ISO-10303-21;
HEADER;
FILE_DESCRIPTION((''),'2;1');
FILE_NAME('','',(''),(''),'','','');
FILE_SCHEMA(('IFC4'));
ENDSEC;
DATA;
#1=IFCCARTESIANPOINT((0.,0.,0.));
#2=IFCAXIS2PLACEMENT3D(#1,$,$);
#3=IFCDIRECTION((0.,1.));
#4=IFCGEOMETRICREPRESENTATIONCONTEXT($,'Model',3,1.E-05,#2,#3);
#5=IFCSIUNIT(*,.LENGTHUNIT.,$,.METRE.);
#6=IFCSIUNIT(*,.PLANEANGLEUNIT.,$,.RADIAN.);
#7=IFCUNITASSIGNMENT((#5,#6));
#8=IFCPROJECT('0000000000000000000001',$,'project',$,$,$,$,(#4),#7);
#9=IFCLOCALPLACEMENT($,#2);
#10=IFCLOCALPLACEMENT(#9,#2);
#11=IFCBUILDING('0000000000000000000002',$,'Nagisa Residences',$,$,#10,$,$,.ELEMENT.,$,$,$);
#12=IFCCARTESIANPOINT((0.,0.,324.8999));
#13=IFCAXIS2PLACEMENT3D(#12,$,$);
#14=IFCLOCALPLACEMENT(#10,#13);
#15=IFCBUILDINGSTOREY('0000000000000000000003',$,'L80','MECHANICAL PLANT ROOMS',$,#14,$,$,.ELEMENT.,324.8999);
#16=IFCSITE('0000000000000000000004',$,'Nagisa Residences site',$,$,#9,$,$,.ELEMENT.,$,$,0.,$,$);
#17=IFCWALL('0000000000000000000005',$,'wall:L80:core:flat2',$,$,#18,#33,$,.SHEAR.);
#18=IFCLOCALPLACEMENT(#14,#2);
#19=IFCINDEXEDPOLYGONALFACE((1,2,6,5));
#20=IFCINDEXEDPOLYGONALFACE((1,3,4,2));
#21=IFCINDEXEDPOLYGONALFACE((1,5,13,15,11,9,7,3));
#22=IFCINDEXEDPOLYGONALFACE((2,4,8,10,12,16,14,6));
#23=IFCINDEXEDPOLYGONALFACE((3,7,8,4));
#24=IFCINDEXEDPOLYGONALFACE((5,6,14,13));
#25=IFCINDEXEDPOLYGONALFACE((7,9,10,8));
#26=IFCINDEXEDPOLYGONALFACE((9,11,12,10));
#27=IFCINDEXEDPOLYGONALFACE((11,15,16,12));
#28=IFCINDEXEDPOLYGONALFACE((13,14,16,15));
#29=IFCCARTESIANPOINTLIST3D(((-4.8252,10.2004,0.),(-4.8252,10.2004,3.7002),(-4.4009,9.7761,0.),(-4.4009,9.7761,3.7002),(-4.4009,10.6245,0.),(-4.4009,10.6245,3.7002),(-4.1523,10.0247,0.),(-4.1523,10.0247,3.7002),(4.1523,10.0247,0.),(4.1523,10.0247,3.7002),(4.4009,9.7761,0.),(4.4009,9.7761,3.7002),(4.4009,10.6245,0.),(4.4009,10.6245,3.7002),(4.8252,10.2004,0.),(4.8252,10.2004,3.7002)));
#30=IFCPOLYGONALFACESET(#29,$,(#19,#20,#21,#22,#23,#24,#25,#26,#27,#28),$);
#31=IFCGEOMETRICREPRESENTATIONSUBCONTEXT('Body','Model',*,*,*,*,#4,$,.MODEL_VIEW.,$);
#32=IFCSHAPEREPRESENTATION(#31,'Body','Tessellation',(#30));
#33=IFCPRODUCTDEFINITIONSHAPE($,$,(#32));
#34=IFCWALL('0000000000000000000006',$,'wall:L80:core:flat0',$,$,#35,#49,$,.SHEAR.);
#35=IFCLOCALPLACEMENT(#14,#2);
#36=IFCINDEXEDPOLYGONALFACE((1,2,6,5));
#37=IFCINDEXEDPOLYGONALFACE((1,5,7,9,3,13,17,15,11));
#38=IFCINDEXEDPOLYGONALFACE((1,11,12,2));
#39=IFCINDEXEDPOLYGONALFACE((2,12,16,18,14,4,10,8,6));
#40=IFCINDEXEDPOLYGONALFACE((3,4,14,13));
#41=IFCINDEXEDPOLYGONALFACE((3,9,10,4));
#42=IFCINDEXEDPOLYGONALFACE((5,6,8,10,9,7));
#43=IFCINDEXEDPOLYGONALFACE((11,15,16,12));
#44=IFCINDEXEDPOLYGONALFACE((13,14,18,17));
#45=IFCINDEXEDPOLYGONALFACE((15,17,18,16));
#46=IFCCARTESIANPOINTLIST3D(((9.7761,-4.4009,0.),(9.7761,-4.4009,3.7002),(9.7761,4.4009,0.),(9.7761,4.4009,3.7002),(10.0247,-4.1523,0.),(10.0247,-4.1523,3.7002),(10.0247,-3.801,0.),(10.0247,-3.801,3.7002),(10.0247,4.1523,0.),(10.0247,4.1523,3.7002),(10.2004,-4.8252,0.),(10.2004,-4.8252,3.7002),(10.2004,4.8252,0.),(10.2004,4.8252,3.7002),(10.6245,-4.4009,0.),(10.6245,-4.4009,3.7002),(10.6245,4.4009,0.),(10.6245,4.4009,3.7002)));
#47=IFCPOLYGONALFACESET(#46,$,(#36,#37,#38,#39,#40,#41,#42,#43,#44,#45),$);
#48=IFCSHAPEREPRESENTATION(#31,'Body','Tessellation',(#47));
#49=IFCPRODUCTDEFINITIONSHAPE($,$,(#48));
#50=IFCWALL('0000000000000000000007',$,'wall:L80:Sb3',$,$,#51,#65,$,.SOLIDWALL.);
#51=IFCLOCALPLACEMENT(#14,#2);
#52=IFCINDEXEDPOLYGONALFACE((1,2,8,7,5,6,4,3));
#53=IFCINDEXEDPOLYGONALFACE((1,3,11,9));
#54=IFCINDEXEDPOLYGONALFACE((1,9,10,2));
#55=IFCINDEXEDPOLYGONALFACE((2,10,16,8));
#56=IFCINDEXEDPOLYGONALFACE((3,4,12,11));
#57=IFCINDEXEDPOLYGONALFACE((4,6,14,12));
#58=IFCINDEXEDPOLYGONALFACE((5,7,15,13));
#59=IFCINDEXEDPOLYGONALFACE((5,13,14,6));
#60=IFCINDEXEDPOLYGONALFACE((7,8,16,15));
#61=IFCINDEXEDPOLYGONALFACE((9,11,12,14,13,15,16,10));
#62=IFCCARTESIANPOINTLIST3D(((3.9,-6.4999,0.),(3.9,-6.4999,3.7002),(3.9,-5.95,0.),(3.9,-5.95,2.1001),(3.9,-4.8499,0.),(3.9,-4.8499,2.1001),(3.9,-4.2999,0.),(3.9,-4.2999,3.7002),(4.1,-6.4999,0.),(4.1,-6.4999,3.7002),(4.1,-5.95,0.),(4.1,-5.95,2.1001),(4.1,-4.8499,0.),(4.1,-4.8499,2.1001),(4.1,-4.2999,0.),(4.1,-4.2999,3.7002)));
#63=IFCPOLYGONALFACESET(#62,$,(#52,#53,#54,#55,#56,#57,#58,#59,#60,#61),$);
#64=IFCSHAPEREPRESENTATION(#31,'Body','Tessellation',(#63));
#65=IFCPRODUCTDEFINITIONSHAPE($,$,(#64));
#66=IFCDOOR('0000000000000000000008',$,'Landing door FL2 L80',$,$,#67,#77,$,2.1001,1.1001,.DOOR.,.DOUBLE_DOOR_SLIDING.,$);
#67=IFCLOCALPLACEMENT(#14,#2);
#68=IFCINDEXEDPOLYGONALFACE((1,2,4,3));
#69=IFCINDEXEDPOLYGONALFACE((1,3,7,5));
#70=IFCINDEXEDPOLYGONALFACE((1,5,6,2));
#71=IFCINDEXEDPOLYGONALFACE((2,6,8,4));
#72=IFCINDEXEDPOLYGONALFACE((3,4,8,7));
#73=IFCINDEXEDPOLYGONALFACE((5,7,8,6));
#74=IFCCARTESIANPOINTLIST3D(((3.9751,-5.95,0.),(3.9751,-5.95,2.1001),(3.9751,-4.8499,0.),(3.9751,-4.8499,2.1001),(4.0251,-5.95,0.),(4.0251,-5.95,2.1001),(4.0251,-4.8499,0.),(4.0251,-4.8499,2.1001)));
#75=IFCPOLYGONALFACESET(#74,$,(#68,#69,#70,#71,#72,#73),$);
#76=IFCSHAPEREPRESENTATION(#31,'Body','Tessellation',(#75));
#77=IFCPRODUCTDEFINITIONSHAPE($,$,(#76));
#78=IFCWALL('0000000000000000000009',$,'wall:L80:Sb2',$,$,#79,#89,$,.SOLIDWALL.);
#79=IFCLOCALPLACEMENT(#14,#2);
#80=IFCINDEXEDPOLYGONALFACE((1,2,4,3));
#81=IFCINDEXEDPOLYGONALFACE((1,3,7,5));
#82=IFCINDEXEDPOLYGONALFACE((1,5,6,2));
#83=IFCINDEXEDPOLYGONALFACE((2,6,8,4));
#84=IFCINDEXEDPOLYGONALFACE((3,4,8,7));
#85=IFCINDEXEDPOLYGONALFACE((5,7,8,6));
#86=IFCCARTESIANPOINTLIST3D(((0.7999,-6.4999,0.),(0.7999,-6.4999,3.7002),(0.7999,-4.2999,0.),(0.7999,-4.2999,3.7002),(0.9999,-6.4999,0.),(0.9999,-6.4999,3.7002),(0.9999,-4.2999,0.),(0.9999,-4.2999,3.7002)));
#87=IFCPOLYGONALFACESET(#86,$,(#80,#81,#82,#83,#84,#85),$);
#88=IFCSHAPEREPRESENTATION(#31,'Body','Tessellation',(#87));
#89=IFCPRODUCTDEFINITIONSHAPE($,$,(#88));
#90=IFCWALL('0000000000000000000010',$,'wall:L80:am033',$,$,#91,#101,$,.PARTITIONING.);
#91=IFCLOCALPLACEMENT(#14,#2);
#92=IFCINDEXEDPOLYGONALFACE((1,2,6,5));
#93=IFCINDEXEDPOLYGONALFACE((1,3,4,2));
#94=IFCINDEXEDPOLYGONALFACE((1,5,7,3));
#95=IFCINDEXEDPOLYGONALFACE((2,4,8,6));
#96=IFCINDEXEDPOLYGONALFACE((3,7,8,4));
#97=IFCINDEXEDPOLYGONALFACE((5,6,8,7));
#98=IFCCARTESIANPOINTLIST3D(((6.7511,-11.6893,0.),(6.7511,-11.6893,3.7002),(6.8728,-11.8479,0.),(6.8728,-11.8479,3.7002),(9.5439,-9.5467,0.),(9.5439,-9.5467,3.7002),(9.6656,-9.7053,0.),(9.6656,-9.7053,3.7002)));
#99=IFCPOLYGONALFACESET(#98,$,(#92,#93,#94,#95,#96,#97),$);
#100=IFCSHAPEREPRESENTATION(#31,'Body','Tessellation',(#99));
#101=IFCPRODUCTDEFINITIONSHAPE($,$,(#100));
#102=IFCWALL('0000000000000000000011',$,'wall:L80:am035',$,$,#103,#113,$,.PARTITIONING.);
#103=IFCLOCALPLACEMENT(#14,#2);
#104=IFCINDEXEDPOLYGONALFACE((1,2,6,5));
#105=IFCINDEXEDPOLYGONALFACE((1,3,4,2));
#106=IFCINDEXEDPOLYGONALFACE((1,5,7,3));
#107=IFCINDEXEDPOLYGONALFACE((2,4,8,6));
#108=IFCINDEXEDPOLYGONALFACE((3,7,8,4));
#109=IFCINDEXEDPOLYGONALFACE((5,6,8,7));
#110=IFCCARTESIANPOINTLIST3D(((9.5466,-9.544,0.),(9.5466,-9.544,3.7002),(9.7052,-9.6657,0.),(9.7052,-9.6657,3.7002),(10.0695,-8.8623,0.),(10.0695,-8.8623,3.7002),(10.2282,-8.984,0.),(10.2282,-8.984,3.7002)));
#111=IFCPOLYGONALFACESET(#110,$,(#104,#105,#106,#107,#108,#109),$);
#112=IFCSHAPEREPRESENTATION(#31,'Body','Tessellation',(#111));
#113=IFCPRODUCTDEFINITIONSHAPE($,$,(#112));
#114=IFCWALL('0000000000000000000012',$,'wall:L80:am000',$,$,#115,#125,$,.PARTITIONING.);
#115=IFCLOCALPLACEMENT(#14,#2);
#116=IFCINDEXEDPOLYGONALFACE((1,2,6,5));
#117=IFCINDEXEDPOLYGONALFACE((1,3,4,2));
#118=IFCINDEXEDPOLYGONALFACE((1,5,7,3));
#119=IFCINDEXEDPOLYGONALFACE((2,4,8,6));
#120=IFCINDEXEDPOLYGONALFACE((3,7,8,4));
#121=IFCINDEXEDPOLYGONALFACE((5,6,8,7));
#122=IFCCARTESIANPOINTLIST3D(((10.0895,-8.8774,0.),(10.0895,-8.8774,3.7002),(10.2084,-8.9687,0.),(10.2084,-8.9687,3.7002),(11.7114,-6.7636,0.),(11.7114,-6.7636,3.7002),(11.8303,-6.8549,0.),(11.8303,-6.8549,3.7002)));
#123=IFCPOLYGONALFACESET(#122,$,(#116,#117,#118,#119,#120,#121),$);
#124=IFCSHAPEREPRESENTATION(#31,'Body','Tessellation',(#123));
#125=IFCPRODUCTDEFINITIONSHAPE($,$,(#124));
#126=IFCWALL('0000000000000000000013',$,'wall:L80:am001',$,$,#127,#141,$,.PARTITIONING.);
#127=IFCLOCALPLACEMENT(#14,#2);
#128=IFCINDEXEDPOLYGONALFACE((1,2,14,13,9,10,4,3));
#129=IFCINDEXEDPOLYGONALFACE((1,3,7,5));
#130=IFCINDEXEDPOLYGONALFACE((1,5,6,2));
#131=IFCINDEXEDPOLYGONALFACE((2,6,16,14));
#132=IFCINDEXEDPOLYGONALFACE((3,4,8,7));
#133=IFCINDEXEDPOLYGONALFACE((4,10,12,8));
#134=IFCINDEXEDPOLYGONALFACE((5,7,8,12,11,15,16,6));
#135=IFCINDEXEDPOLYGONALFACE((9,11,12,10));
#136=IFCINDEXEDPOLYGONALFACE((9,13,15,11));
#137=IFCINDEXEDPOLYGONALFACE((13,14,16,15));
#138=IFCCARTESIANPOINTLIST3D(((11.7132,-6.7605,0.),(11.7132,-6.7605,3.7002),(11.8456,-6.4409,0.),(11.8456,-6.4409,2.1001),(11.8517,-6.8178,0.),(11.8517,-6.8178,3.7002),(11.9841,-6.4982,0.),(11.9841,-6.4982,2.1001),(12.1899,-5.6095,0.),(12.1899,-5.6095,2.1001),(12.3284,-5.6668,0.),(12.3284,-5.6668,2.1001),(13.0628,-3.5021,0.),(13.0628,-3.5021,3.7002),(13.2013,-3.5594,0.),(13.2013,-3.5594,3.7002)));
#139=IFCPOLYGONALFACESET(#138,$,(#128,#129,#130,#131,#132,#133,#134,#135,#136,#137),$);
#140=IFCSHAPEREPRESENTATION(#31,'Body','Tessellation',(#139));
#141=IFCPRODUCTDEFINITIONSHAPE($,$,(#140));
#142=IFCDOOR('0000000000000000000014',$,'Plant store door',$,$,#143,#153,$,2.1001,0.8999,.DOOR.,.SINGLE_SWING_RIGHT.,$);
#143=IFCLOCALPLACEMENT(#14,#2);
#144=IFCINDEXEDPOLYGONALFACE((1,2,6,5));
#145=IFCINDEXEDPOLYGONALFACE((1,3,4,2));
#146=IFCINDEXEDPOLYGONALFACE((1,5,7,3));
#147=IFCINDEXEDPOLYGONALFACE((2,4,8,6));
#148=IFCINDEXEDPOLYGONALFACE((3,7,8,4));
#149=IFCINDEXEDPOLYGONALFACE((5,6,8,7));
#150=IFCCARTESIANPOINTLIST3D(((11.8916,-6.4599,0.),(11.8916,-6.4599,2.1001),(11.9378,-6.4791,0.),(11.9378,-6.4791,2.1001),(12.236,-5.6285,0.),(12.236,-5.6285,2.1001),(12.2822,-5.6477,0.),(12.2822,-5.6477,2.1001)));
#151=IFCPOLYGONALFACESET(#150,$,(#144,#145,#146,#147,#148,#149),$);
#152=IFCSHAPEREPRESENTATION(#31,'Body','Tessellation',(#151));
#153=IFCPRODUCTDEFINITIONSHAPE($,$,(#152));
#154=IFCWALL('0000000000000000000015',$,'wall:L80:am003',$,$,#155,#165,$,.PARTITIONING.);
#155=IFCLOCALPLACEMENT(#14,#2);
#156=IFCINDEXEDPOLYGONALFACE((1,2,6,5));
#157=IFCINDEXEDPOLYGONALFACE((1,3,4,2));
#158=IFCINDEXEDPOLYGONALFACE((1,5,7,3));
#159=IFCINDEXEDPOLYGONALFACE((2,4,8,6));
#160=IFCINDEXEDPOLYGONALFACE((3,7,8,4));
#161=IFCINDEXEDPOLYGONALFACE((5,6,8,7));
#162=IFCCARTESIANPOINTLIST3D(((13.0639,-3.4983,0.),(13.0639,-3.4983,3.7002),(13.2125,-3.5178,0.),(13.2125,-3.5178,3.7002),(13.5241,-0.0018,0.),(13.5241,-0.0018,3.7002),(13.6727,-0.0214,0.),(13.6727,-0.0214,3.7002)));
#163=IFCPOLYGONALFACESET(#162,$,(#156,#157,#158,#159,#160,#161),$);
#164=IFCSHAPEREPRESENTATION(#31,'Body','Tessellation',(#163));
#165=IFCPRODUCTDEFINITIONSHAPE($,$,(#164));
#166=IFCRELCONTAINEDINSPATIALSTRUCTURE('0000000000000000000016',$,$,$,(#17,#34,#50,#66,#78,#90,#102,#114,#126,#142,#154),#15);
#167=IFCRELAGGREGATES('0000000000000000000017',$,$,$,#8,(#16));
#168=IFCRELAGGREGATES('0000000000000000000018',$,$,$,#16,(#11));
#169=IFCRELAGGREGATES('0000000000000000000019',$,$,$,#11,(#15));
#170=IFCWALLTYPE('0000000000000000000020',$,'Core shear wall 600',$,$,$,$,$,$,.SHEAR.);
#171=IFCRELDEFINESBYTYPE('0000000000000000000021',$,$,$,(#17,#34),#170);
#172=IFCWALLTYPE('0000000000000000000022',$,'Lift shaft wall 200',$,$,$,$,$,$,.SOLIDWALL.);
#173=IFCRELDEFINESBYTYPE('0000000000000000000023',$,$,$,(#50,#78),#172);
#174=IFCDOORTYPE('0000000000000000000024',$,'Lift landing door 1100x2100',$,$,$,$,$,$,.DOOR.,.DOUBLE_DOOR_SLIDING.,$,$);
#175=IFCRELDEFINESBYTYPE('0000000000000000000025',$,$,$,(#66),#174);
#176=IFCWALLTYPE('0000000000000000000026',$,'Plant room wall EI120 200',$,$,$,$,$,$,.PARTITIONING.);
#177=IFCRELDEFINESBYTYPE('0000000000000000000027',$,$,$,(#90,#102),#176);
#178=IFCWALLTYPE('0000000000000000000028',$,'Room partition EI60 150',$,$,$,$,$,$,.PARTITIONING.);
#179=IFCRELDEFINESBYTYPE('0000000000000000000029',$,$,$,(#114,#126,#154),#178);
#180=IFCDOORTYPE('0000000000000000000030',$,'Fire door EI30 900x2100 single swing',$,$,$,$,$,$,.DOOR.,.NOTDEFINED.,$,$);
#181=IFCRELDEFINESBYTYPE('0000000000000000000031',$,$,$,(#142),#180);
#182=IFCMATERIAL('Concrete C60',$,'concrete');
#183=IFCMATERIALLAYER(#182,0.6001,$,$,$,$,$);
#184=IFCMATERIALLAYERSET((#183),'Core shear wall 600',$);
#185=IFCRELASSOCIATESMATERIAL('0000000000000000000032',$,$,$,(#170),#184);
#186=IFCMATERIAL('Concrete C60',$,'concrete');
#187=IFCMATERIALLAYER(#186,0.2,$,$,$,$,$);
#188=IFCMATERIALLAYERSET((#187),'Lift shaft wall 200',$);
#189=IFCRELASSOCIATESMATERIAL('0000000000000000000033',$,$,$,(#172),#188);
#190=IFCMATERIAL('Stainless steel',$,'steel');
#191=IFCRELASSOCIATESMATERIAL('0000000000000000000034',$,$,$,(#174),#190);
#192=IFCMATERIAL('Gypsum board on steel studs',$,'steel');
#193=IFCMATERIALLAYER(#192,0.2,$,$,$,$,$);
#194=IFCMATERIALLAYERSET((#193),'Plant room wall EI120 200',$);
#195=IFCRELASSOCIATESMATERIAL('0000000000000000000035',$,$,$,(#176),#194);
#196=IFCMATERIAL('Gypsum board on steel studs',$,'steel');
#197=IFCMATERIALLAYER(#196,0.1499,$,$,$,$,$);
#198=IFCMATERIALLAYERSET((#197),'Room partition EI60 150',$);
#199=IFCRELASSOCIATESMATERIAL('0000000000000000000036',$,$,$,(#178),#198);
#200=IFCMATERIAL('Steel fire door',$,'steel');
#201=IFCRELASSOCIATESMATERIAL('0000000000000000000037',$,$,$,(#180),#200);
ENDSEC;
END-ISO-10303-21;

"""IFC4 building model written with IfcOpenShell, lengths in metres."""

from ifc_helpers import new_model, si_unit, direction, frame, frame_2d, origin, place, context, subcontext, project, spatial, polyline, rectangle, outline, extrude, material, layer, layer_set, type_object, element, fill, save


model = new_model("IFC4")

# Units and contexts
model_context = context("Model", 3, precision=1e-05, world=origin(), true_north=direction((0.0, 1.0)))
body_context = subcontext(model_context, "Body", "Model", "MODEL_VIEW")
ifc_project = project(units=[si_unit("LENGTHUNIT", "METRE"), si_unit("PLANEANGLEUNIT", "RADIAN")], contexts=[model_context])

# Site, building, storey
site_placement = place(None, origin())
site = spatial("IfcSite", under=ifc_project, at=site_placement, Name="Nagisa Residences site", CompositionType="ELEMENT", RefElevation=0.0)
building_placement = place(site_placement, origin())
building = spatial("IfcBuilding", under=site, at=building_placement, Name="Nagisa Residences", CompositionType="ELEMENT")
storey_placement = place(building_placement, frame((0.0, 0.0, 324.8999)))
storey = spatial("IfcBuildingStorey", under=building, at=storey_placement, Name="L80", Description="MECHANICAL PLANT ROOMS", CompositionType="ELEMENT", Elevation=324.8999)

# Walls
ifc_material_1 = material(Name="Concrete C60", Category="concrete")
ifc_layer_1 = layer(ifc_material_1, 0.6001)
ifc_layer_set_1 = layer_set([ifc_layer_1], Name="Core shear wall 600")
wall_type_1 = type_object("IfcWallType", Name="Core shear wall 600", PredefinedType="SHEAR", material=ifc_layer_set_1)
wall_1_placement = place(storey_placement, origin())
element("IfcWall", 1, at=wall_1_placement, inside=storey, type_object=wall_type_1, Name="wall:L80:core:flat2", PredefinedType="SHEAR", context=body_context, shape_type="SweptSolid", body=[
    extrude(outline(polyline([(-4.1523, 10.0247), (-4.4009, 9.7761), (-4.8252, 10.2004), (-4.4009, 10.6245), (4.4009, 10.6245), (4.8252, 10.2004), (4.4009, 9.7761), (4.1523, 10.0247), (-4.1523, 10.0247)])), origin(), (0.0, 0.0, 1.0), 3.7002),
])
wall_2_placement = place(storey_placement, origin())
element("IfcWall", 2, at=wall_2_placement, inside=storey, type_object=wall_type_1, Name="wall:L80:core:flat0", PredefinedType="SHEAR", context=body_context, shape_type="SweptSolid", body=[
    extrude(outline(polyline([(9.7761, -4.4009), (10.0247, -4.1523), (10.0247, -3.801), (10.0247, 4.1523), (9.7761, 4.4009), (10.2004, 4.8252), (10.6245, 4.4009), (10.6245, -4.4009), (10.2004, -4.8252), (9.7761, -4.4009)])), origin(), (0.0, 0.0, 1.0), 3.7002),
])

# Wall, opening, door
ifc_material_2 = material(Name="Concrete C60", Category="concrete")
ifc_layer_2 = layer(ifc_material_2, 0.2)
ifc_layer_set_2 = layer_set([ifc_layer_2], Name="Lift shaft wall 200")
wall_type_2 = type_object("IfcWallType", Name="Lift shaft wall 200", PredefinedType="SOLIDWALL", material=ifc_layer_set_2)
wall_3_placement = place(storey_placement, frame((4.0, -6.5, 0.0), z_axis=(0.0, 0.0, 1.0), x_axis=(0.0, 1.0, 0.0)))
wall_3 = element("IfcWall", 3, at=wall_3_placement, inside=storey, type_object=wall_type_2, Name="wall:L80:Sb3", PredefinedType="SOLIDWALL", context=body_context, shape_type="SweptSolid", body=[
    extrude(rectangle(XDim=2.2, YDim=0.2, at=frame_2d((1.1001, 0.0))), origin(), (0.0, 0.0, 1.0), 3.7002),
])
opening_1_placement = place(wall_3_placement, frame((0.55, 0.0, 0.0)))
opening_1 = element("IfcOpeningElement", 4, at=opening_1_placement, cuts=wall_3, PredefinedType="OPENING", context=body_context, shape_type="SweptSolid", body=[
    extrude(rectangle(XDim=1.1001, YDim=2.1001, at=frame_2d((0.55, 1.05))), frame((0.0, 0.1099, 0.0), z_axis=(0.0, -1.0, 0.0), x_axis=(1.0, 0.0, 0.0)), (0.0, 0.0, 1.0), 0.22),
])
ifc_material_3 = material(Name="Stainless steel", Category="steel")
door_type_1 = type_object("IfcDoorType", Name="Lift landing door 1100x2100", OperationType="DOUBLE_DOOR_SLIDING", PredefinedType="DOOR", material=ifc_material_3)
door_1_placement = place(opening_1_placement, origin())
door_1 = element("IfcDoor", 5, at=door_1_placement, inside=storey, type_object=door_type_1, Name="Landing door FL2 L80", OperationType="DOUBLE_DOOR_SLIDING", OverallHeight=2.1001, OverallWidth=1.1001, PredefinedType="DOOR", context=body_context, shape_type="SweptSolid", body=[
    extrude(rectangle(XDim=1.1001, YDim=2.1001, at=frame_2d((0.55, 1.05))), frame((0.0, 0.0249, 0.0), z_axis=(0.0, -1.0, 0.0), x_axis=(1.0, 0.0, 0.0)), (0.0, 0.0, 1.0), 0.05),
])
fill(opening_1, door_1)

# Walls
wall_4_placement = place(storey_placement, frame((0.8999, -6.5, 0.0), z_axis=(0.0, 0.0, 1.0), x_axis=(0.0, 1.0, 0.0)))
element("IfcWall", 6, at=wall_4_placement, inside=storey, type_object=wall_type_2, Name="wall:L80:Sb2", PredefinedType="SOLIDWALL", context=body_context, shape_type="SweptSolid", body=[
    extrude(rectangle(XDim=2.2, YDim=0.2, at=frame_2d((1.1001, 0.0))), origin(), (0.0, 0.0, 1.0), 3.7002),
])
ifc_material_4 = material(Name="Gypsum board on steel studs", Category="steel")
ifc_layer_3 = layer(ifc_material_4, 0.2)
ifc_layer_set_3 = layer_set([ifc_layer_3], Name="Plant room wall EI120 200")
wall_type_3 = type_object("IfcWallType", Name="Plant room wall EI120 200", PredefinedType="PARTITIONING", material=ifc_layer_set_3)
wall_5_placement = place(storey_placement, frame((9.6047, -9.626, 0.0), z_axis=(0.0, 0.0, 1.0), x_axis=(-0.793402, -0.608698, 0.0)))
element("IfcWall", 7, at=wall_5_placement, inside=storey, type_object=wall_type_3, Name="wall:L80:am033", PredefinedType="PARTITIONING", context=body_context, shape_type="SweptSolid", body=[
    extrude(rectangle(XDim=3.52, YDim=0.2, at=frame_2d((1.76, 0.0))), origin(), (0.0, 0.0, 1.0), 3.7002),
])
wall_6_placement = place(storey_placement, frame((10.1489, -8.9231, 0.0), z_axis=(0.0, 0.0, 1.0), x_axis=(-0.608694, -0.793405, 0.0)))
element("IfcWall", 8, at=wall_6_placement, inside=storey, type_object=wall_type_3, Name="wall:L80:am035", PredefinedType="PARTITIONING", context=body_context, shape_type="SweptSolid", body=[
    extrude(rectangle(XDim=0.8591, YDim=0.2, at=frame_2d((0.4297, 0.0))), origin(), (0.0, 0.0, 1.0), 3.7002),
])
ifc_material_5 = material(Name="Gypsum board on steel studs", Category="steel")
ifc_layer_4 = layer(ifc_material_5, 0.1499)
ifc_layer_set_4 = layer_set([ifc_layer_4], Name="Room partition EI60 150")
wall_type_4 = type_object("IfcWallType", Name="Room partition EI60 150", PredefinedType="PARTITIONING", material=ifc_layer_set_4)
wall_7_placement = place(storey_placement, frame((11.7708, -6.8093, 0.0), z_axis=(0.0, 0.0, 1.0), x_axis=(-0.608732, -0.793376, 0.0)))
element("IfcWall", 9, at=wall_7_placement, inside=storey, type_object=wall_type_4, Name="wall:L80:am000", PredefinedType="PARTITIONING", context=body_context, shape_type="SweptSolid", body=[
    extrude(rectangle(XDim=2.6643, YDim=0.1499, at=frame_2d((1.332, 0.0))), origin(), (0.0, 0.0, 1.0), 3.7002),
])

# Wall, opening, door
wall_8_placement = place(storey_placement, frame((13.1321, -3.5308, 0.0), z_axis=(0.0, 0.0, 1.0), x_axis=(-0.382678, -0.923882, 0.0)))
wall_8 = element("IfcWall", 10, at=wall_8_placement, inside=storey, type_object=wall_type_4, Name="wall:L80:am001", PredefinedType="PARTITIONING", context=body_context, shape_type="SweptSolid", body=[
    extrude(rectangle(XDim=3.5269, YDim=0.1499, at=frame_2d((1.7634, 0.0))), origin(), (0.0, 0.0, 1.0), 3.7002),
])
opening_2_placement = place(wall_8_placement, frame((2.281, 0.0, 0.0)))
opening_2 = element("IfcOpeningElement", 11, at=opening_2_placement, cuts=wall_8, PredefinedType="OPENING", context=body_context, shape_type="SweptSolid", body=[
    extrude(rectangle(XDim=0.8999, YDim=2.1001, at=frame_2d((0.45, 1.05))), frame((0.0, 0.085, 0.0), z_axis=(0.0, -1.0, 0.0), x_axis=(1.0, 0.0, 0.0)), (0.0, 0.0, 1.0), 0.1699),
])
ifc_material_6 = material(Name="Steel fire door", Category="steel")
door_type_2 = type_object("IfcDoorType", Name="Fire door EI30 900x2100 single swing", OperationType="NOTDEFINED", PredefinedType="DOOR", material=ifc_material_6)
door_2_placement = place(opening_2_placement, origin())
door_2 = element("IfcDoor", 12, at=door_2_placement, inside=storey, type_object=door_type_2, Name="Plant store door", OperationType="SINGLE_SWING_RIGHT", OverallHeight=2.1001, OverallWidth=0.8999, PredefinedType="DOOR", context=body_context, shape_type="SweptSolid", body=[
    extrude(rectangle(XDim=0.8999, YDim=2.1001, at=frame_2d((0.45, 1.05))), frame((0.0, 0.0249, 0.0), z_axis=(0.0, -1.0, 0.0), x_axis=(1.0, 0.0, 0.0)), (0.0, 0.0, 1.0), 0.05),
])
fill(opening_2, door_2)

# Wall
wall_9_placement = place(storey_placement, frame((13.5984, -0.0117, 0.0), z_axis=(0.0, 0.0, 1.0), x_axis=(-0.130499, -0.991448, 0.0)))
element("IfcWall", 13, at=wall_9_placement, inside=storey, type_object=wall_type_4, Name="wall:L80:am003", PredefinedType="PARTITIONING", context=body_context, shape_type="SweptSolid", body=[
    extrude(rectangle(XDim=3.5266, YDim=0.1499, at=frame_2d((1.7632, 0.0))), origin(), (0.0, 0.0, 1.0), 3.7002),
])

save(model, "model.ifc")
